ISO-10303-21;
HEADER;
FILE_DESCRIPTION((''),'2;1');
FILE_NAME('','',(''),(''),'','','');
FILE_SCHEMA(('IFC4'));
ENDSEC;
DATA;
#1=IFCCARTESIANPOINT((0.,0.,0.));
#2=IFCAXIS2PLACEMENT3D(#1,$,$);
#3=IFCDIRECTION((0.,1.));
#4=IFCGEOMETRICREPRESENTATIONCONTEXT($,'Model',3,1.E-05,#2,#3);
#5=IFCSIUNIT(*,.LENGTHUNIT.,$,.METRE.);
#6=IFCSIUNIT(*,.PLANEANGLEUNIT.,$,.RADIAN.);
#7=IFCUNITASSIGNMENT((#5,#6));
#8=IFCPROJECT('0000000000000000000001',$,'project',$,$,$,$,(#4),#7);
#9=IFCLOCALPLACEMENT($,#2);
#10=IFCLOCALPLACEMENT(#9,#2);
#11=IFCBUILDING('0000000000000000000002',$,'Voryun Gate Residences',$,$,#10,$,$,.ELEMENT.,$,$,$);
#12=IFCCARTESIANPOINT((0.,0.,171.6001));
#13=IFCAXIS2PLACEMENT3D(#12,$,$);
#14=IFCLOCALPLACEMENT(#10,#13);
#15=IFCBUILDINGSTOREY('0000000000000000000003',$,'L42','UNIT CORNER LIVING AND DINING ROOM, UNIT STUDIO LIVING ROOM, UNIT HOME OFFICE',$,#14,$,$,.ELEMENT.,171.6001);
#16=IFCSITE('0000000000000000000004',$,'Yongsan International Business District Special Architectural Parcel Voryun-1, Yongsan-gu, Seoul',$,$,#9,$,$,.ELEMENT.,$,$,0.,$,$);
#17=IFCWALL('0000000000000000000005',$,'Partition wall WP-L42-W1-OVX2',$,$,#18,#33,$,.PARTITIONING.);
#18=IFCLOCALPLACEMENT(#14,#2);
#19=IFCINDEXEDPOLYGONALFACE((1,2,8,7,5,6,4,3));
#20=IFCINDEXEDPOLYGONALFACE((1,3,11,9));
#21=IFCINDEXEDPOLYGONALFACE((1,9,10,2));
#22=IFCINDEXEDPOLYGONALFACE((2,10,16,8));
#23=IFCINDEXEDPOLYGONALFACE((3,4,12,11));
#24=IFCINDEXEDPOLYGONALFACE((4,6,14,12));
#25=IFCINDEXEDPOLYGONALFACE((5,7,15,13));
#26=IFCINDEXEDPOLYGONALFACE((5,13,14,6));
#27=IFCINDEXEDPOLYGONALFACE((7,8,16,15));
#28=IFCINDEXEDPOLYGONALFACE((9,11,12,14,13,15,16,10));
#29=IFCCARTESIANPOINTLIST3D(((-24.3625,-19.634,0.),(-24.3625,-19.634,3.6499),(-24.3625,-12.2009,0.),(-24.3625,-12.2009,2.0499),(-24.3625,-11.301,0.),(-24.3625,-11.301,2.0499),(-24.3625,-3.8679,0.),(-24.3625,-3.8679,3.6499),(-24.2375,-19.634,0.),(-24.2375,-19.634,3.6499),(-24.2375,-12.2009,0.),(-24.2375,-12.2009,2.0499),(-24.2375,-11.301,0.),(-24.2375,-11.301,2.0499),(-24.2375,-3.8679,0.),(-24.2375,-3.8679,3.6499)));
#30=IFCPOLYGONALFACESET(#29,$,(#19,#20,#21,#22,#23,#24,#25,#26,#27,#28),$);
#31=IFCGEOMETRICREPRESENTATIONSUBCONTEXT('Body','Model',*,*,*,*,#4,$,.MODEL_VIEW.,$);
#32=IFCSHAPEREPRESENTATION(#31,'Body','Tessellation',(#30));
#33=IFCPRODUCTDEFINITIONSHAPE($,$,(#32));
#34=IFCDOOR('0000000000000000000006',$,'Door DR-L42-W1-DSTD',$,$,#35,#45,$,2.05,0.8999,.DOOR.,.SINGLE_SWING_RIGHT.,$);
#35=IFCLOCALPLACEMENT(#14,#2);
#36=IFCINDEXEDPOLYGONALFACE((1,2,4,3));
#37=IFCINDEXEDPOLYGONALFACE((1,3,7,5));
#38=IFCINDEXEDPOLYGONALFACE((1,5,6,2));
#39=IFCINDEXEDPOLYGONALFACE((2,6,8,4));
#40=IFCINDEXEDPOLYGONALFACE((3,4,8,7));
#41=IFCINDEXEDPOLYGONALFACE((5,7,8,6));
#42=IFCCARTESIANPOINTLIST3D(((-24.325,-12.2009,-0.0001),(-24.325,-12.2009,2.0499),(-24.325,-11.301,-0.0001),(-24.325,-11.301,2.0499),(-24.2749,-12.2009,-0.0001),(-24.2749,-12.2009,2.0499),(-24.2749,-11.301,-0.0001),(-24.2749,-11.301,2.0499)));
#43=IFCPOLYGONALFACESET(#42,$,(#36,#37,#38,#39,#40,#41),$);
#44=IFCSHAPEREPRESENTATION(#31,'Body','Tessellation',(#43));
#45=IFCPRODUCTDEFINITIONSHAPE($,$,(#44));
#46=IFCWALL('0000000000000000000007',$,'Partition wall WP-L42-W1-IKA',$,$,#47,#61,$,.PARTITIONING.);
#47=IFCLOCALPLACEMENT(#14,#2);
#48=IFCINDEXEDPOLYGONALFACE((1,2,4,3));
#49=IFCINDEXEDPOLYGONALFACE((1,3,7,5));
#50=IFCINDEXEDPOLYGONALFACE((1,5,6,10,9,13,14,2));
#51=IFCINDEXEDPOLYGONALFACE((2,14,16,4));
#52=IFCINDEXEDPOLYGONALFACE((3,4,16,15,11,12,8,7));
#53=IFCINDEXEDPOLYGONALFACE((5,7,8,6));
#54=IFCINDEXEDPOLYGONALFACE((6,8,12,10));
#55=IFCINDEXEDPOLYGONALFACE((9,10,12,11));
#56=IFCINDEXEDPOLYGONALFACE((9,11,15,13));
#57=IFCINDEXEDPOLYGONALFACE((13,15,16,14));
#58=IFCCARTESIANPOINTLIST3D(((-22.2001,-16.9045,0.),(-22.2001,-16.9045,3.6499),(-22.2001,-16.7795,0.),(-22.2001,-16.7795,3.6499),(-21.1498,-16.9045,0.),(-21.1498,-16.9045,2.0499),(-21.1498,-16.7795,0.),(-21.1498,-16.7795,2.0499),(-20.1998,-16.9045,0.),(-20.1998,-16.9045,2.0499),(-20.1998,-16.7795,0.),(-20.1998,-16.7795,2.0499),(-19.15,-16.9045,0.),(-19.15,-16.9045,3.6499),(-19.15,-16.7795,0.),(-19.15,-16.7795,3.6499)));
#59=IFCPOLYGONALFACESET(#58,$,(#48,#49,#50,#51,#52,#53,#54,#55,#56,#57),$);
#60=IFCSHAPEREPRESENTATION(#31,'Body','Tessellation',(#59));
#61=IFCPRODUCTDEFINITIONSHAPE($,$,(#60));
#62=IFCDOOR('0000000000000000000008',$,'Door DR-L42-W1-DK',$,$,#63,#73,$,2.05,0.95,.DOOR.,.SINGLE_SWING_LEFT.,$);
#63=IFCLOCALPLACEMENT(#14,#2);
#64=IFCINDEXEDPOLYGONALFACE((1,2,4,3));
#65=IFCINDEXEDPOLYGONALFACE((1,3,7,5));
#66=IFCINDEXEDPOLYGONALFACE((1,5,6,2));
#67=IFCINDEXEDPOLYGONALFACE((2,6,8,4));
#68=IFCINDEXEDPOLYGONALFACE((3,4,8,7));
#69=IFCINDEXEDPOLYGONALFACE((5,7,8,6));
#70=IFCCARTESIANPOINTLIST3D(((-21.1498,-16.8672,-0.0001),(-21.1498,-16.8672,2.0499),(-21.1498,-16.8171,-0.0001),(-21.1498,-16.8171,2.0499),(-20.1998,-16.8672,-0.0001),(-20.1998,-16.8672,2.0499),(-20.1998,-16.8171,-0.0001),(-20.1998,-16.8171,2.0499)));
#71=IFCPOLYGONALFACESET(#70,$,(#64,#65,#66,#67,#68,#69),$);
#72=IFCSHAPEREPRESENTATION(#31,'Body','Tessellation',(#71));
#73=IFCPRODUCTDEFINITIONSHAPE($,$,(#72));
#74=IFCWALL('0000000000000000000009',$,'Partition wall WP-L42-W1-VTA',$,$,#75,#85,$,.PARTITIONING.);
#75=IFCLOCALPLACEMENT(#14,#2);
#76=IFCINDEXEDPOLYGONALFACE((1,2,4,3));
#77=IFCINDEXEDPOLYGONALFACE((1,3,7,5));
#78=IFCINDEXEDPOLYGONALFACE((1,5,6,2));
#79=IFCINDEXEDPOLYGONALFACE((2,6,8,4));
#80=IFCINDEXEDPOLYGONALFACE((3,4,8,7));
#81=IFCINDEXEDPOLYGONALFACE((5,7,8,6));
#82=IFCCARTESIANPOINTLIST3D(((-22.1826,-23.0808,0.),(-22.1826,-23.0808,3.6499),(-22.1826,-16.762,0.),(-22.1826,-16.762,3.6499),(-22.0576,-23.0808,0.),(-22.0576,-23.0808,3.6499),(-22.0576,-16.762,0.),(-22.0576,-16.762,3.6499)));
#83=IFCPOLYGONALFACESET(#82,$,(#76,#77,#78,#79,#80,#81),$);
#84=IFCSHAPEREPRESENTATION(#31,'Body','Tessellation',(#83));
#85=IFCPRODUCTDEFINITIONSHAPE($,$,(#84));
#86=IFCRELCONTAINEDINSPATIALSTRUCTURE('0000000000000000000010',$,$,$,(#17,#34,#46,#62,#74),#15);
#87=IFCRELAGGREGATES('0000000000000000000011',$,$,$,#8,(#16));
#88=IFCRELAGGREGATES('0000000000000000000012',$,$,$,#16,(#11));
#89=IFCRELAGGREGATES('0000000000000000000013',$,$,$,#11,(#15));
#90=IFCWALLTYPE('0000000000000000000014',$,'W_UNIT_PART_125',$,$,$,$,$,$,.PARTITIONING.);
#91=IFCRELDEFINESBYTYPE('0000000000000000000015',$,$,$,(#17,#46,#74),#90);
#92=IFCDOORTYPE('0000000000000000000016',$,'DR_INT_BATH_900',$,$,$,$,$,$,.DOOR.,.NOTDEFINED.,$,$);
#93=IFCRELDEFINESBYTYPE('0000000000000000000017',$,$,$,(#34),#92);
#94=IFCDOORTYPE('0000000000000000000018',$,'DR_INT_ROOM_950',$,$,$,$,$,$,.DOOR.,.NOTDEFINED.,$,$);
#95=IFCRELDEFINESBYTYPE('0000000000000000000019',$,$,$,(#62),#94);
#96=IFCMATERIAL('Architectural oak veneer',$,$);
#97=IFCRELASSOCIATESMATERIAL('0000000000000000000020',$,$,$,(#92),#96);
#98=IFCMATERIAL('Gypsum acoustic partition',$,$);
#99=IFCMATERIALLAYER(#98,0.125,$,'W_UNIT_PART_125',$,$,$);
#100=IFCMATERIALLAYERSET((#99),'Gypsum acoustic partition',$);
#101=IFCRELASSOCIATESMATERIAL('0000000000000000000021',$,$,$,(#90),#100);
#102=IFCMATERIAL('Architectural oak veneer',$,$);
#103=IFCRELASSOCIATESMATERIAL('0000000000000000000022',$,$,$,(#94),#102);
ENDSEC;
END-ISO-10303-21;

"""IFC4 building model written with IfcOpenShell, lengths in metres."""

from ifc_helpers import new_model, si_unit, direction, frame, frame_2d, origin, place, context, subcontext, project, spatial, rectangle, extrude, material, layer, layer_set, type_object, element, fill, save


model = new_model("IFC4")

# Units and contexts
model_context = context("Model", 3, precision=1e-05, world=origin(), true_north=direction((0.0, 1.0)))
body_context = subcontext(model_context, "Body", "Model", "MODEL_VIEW")
ifc_project = project(units=[si_unit("LENGTHUNIT", "METRE"), si_unit("PLANEANGLEUNIT", "RADIAN")], contexts=[model_context])

# Site, building, storey
site_placement = place(None, origin())
site = spatial("IfcSite", under=ifc_project, at=site_placement, Name="Yongsan International Business District Special Architectural Parcel Voryun-1, Yongsan-gu, Seoul", CompositionType="ELEMENT", RefElevation=0.0)
building_placement = place(site_placement, origin())
building = spatial("IfcBuilding", under=site, at=building_placement, Name="Voryun Gate Residences", CompositionType="ELEMENT")
storey_placement = place(building_placement, frame((0.0, 0.0, 171.6001)))
storey = spatial("IfcBuildingStorey", under=building, at=storey_placement, Name="L42", Description="UNIT CORNER LIVING AND DINING ROOM, UNIT STUDIO LIVING ROOM, UNIT HOME OFFICE", CompositionType="ELEMENT", Elevation=171.6001)

# Shared definitions
ifc_material_1 = material(Name="Architectural oak veneer")
door_type_1 = type_object("IfcDoorType", Name="DR_INT_BATH_900", OperationType="NOTDEFINED", PredefinedType="DOOR", material=ifc_material_1)

# Shared definitions
ifc_material_2 = material(Name="Gypsum acoustic partition")
ifc_layer_1 = layer(ifc_material_2, 0.125, Name="W_UNIT_PART_125")
ifc_layer_set_1 = layer_set([ifc_layer_1], Name="Gypsum acoustic partition")
wall_type_1 = type_object("IfcWallType", Name="W_UNIT_PART_125", PredefinedType="PARTITIONING", material=ifc_layer_set_1)

# Walls, openings, doors
wall_1_placement = place(storey_placement, frame((-24.3, -19.634, 0.0), z_axis=(0.0, 0.0, 1.0), x_axis=(0.0, 1.0, 0.0)))
wall_1 = element("IfcWall", 1, at=wall_1_placement, inside=storey, type_object=wall_type_1, Name="Partition wall WP-L42-W1-OVX2", PredefinedType="PARTITIONING", context=body_context, shape_type="SweptSolid", body=[
    extrude(rectangle(XDim=15.7661, YDim=0.125, at=frame_2d((7.8831, 0.0))), origin(), (0.0, 0.0, 1.0), 3.6499),
])
opening_1_placement = place(wall_1_placement, frame((7.4331, 0.0, 0.0)))
opening_1 = element("IfcOpeningElement", 2, at=opening_1_placement, cuts=wall_1, PredefinedType="OPENING", context=body_context, shape_type="SweptSolid", body=[
    extrude(rectangle(XDim=0.8999, YDim=2.05, at=frame_2d((0.45, 1.0249))), frame((0.0, 0.0725, 0.0), z_axis=(0.0, -1.0, 0.0), x_axis=(1.0, 0.0, 0.0)), (0.0, 0.0, 1.0), 0.145),
])
door_1_placement = place(opening_1_placement, origin())
door_1 = element("IfcDoor", 3, at=door_1_placement, inside=storey, type_object=door_type_1, Name="Door DR-L42-W1-DSTD", OperationType="SINGLE_SWING_RIGHT", OverallHeight=2.05, OverallWidth=0.8999, PredefinedType="DOOR", context=body_context, shape_type="SweptSolid", body=[
    extrude(rectangle(XDim=0.8999, YDim=2.05, at=frame_2d((0.45, 1.0249))), frame((0.0, 0.0249, 0.0), z_axis=(0.0, -1.0, 0.0), x_axis=(1.0, 0.0, 0.0)), (0.0, 0.0, 1.0), 0.05),
])
fill(opening_1, door_1)
wall_2_placement = place(storey_placement, frame((-22.2, -16.842, 0.0), z_axis=(0.0, 0.0, 1.0), x_axis=(1.0, 0.0, 0.0)))
wall_2 = element("IfcWall", 4, at=wall_2_placement, inside=storey, type_object=wall_type_1, Name="Partition wall WP-L42-W1-IKA", PredefinedType="PARTITIONING", context=body_context, shape_type="SweptSolid", body=[
    extrude(rectangle(XDim=3.05, YDim=0.125, at=frame_2d((1.5249, 0.0))), origin(), (0.0, 0.0, 1.0), 3.6499),
])
opening_2_placement = place(wall_2_placement, frame((1.05, 0.0, 0.0)))
opening_2 = element("IfcOpeningElement", 5, at=opening_2_placement, cuts=wall_2, PredefinedType="OPENING", context=body_context, shape_type="SweptSolid", body=[
    extrude(rectangle(XDim=0.95, YDim=2.05, at=frame_2d((0.4751, 1.0249))), frame((0.0, 0.0725, 0.0), z_axis=(0.0, -1.0, 0.0), x_axis=(1.0, 0.0, 0.0)), (0.0, 0.0, 1.0), 0.145),
])
ifc_material_3 = material(Name="Architectural oak veneer")
door_type_2 = type_object("IfcDoorType", Name="DR_INT_ROOM_950", OperationType="NOTDEFINED", PredefinedType="DOOR", material=ifc_material_3)
door_2_placement = place(opening_2_placement, origin())
door_2 = element("IfcDoor", 6, at=door_2_placement, inside=storey, type_object=door_type_2, Name="Door DR-L42-W1-DK", OperationType="SINGLE_SWING_LEFT", OverallHeight=2.05, OverallWidth=0.95, PredefinedType="DOOR", context=body_context, shape_type="SweptSolid", body=[
    extrude(rectangle(XDim=0.95, YDim=2.05, at=frame_2d((0.4751, 1.0249))), frame((0.0, 0.0249, 0.0), z_axis=(0.0, -1.0, 0.0), x_axis=(1.0, 0.0, 0.0)), (0.0, 0.0, 1.0), 0.05),
])
fill(opening_2, door_2)

# Wall
wall_3_placement = place(storey_placement, frame((-22.1201, -23.0808, 0.0), z_axis=(0.0, 0.0, 1.0), x_axis=(0.0, 1.0, 0.0)))
element("IfcWall", 7, at=wall_3_placement, inside=storey, type_object=wall_type_1, Name="Partition wall WP-L42-W1-VTA", PredefinedType="PARTITIONING", context=body_context, shape_type="SweptSolid", body=[
    extrude(rectangle(XDim=6.3188, YDim=0.125, at=frame_2d((3.1594, 0.0))), origin(), (0.0, 0.0, 1.0), 3.6499),
])

save(model, "model.ifc")
